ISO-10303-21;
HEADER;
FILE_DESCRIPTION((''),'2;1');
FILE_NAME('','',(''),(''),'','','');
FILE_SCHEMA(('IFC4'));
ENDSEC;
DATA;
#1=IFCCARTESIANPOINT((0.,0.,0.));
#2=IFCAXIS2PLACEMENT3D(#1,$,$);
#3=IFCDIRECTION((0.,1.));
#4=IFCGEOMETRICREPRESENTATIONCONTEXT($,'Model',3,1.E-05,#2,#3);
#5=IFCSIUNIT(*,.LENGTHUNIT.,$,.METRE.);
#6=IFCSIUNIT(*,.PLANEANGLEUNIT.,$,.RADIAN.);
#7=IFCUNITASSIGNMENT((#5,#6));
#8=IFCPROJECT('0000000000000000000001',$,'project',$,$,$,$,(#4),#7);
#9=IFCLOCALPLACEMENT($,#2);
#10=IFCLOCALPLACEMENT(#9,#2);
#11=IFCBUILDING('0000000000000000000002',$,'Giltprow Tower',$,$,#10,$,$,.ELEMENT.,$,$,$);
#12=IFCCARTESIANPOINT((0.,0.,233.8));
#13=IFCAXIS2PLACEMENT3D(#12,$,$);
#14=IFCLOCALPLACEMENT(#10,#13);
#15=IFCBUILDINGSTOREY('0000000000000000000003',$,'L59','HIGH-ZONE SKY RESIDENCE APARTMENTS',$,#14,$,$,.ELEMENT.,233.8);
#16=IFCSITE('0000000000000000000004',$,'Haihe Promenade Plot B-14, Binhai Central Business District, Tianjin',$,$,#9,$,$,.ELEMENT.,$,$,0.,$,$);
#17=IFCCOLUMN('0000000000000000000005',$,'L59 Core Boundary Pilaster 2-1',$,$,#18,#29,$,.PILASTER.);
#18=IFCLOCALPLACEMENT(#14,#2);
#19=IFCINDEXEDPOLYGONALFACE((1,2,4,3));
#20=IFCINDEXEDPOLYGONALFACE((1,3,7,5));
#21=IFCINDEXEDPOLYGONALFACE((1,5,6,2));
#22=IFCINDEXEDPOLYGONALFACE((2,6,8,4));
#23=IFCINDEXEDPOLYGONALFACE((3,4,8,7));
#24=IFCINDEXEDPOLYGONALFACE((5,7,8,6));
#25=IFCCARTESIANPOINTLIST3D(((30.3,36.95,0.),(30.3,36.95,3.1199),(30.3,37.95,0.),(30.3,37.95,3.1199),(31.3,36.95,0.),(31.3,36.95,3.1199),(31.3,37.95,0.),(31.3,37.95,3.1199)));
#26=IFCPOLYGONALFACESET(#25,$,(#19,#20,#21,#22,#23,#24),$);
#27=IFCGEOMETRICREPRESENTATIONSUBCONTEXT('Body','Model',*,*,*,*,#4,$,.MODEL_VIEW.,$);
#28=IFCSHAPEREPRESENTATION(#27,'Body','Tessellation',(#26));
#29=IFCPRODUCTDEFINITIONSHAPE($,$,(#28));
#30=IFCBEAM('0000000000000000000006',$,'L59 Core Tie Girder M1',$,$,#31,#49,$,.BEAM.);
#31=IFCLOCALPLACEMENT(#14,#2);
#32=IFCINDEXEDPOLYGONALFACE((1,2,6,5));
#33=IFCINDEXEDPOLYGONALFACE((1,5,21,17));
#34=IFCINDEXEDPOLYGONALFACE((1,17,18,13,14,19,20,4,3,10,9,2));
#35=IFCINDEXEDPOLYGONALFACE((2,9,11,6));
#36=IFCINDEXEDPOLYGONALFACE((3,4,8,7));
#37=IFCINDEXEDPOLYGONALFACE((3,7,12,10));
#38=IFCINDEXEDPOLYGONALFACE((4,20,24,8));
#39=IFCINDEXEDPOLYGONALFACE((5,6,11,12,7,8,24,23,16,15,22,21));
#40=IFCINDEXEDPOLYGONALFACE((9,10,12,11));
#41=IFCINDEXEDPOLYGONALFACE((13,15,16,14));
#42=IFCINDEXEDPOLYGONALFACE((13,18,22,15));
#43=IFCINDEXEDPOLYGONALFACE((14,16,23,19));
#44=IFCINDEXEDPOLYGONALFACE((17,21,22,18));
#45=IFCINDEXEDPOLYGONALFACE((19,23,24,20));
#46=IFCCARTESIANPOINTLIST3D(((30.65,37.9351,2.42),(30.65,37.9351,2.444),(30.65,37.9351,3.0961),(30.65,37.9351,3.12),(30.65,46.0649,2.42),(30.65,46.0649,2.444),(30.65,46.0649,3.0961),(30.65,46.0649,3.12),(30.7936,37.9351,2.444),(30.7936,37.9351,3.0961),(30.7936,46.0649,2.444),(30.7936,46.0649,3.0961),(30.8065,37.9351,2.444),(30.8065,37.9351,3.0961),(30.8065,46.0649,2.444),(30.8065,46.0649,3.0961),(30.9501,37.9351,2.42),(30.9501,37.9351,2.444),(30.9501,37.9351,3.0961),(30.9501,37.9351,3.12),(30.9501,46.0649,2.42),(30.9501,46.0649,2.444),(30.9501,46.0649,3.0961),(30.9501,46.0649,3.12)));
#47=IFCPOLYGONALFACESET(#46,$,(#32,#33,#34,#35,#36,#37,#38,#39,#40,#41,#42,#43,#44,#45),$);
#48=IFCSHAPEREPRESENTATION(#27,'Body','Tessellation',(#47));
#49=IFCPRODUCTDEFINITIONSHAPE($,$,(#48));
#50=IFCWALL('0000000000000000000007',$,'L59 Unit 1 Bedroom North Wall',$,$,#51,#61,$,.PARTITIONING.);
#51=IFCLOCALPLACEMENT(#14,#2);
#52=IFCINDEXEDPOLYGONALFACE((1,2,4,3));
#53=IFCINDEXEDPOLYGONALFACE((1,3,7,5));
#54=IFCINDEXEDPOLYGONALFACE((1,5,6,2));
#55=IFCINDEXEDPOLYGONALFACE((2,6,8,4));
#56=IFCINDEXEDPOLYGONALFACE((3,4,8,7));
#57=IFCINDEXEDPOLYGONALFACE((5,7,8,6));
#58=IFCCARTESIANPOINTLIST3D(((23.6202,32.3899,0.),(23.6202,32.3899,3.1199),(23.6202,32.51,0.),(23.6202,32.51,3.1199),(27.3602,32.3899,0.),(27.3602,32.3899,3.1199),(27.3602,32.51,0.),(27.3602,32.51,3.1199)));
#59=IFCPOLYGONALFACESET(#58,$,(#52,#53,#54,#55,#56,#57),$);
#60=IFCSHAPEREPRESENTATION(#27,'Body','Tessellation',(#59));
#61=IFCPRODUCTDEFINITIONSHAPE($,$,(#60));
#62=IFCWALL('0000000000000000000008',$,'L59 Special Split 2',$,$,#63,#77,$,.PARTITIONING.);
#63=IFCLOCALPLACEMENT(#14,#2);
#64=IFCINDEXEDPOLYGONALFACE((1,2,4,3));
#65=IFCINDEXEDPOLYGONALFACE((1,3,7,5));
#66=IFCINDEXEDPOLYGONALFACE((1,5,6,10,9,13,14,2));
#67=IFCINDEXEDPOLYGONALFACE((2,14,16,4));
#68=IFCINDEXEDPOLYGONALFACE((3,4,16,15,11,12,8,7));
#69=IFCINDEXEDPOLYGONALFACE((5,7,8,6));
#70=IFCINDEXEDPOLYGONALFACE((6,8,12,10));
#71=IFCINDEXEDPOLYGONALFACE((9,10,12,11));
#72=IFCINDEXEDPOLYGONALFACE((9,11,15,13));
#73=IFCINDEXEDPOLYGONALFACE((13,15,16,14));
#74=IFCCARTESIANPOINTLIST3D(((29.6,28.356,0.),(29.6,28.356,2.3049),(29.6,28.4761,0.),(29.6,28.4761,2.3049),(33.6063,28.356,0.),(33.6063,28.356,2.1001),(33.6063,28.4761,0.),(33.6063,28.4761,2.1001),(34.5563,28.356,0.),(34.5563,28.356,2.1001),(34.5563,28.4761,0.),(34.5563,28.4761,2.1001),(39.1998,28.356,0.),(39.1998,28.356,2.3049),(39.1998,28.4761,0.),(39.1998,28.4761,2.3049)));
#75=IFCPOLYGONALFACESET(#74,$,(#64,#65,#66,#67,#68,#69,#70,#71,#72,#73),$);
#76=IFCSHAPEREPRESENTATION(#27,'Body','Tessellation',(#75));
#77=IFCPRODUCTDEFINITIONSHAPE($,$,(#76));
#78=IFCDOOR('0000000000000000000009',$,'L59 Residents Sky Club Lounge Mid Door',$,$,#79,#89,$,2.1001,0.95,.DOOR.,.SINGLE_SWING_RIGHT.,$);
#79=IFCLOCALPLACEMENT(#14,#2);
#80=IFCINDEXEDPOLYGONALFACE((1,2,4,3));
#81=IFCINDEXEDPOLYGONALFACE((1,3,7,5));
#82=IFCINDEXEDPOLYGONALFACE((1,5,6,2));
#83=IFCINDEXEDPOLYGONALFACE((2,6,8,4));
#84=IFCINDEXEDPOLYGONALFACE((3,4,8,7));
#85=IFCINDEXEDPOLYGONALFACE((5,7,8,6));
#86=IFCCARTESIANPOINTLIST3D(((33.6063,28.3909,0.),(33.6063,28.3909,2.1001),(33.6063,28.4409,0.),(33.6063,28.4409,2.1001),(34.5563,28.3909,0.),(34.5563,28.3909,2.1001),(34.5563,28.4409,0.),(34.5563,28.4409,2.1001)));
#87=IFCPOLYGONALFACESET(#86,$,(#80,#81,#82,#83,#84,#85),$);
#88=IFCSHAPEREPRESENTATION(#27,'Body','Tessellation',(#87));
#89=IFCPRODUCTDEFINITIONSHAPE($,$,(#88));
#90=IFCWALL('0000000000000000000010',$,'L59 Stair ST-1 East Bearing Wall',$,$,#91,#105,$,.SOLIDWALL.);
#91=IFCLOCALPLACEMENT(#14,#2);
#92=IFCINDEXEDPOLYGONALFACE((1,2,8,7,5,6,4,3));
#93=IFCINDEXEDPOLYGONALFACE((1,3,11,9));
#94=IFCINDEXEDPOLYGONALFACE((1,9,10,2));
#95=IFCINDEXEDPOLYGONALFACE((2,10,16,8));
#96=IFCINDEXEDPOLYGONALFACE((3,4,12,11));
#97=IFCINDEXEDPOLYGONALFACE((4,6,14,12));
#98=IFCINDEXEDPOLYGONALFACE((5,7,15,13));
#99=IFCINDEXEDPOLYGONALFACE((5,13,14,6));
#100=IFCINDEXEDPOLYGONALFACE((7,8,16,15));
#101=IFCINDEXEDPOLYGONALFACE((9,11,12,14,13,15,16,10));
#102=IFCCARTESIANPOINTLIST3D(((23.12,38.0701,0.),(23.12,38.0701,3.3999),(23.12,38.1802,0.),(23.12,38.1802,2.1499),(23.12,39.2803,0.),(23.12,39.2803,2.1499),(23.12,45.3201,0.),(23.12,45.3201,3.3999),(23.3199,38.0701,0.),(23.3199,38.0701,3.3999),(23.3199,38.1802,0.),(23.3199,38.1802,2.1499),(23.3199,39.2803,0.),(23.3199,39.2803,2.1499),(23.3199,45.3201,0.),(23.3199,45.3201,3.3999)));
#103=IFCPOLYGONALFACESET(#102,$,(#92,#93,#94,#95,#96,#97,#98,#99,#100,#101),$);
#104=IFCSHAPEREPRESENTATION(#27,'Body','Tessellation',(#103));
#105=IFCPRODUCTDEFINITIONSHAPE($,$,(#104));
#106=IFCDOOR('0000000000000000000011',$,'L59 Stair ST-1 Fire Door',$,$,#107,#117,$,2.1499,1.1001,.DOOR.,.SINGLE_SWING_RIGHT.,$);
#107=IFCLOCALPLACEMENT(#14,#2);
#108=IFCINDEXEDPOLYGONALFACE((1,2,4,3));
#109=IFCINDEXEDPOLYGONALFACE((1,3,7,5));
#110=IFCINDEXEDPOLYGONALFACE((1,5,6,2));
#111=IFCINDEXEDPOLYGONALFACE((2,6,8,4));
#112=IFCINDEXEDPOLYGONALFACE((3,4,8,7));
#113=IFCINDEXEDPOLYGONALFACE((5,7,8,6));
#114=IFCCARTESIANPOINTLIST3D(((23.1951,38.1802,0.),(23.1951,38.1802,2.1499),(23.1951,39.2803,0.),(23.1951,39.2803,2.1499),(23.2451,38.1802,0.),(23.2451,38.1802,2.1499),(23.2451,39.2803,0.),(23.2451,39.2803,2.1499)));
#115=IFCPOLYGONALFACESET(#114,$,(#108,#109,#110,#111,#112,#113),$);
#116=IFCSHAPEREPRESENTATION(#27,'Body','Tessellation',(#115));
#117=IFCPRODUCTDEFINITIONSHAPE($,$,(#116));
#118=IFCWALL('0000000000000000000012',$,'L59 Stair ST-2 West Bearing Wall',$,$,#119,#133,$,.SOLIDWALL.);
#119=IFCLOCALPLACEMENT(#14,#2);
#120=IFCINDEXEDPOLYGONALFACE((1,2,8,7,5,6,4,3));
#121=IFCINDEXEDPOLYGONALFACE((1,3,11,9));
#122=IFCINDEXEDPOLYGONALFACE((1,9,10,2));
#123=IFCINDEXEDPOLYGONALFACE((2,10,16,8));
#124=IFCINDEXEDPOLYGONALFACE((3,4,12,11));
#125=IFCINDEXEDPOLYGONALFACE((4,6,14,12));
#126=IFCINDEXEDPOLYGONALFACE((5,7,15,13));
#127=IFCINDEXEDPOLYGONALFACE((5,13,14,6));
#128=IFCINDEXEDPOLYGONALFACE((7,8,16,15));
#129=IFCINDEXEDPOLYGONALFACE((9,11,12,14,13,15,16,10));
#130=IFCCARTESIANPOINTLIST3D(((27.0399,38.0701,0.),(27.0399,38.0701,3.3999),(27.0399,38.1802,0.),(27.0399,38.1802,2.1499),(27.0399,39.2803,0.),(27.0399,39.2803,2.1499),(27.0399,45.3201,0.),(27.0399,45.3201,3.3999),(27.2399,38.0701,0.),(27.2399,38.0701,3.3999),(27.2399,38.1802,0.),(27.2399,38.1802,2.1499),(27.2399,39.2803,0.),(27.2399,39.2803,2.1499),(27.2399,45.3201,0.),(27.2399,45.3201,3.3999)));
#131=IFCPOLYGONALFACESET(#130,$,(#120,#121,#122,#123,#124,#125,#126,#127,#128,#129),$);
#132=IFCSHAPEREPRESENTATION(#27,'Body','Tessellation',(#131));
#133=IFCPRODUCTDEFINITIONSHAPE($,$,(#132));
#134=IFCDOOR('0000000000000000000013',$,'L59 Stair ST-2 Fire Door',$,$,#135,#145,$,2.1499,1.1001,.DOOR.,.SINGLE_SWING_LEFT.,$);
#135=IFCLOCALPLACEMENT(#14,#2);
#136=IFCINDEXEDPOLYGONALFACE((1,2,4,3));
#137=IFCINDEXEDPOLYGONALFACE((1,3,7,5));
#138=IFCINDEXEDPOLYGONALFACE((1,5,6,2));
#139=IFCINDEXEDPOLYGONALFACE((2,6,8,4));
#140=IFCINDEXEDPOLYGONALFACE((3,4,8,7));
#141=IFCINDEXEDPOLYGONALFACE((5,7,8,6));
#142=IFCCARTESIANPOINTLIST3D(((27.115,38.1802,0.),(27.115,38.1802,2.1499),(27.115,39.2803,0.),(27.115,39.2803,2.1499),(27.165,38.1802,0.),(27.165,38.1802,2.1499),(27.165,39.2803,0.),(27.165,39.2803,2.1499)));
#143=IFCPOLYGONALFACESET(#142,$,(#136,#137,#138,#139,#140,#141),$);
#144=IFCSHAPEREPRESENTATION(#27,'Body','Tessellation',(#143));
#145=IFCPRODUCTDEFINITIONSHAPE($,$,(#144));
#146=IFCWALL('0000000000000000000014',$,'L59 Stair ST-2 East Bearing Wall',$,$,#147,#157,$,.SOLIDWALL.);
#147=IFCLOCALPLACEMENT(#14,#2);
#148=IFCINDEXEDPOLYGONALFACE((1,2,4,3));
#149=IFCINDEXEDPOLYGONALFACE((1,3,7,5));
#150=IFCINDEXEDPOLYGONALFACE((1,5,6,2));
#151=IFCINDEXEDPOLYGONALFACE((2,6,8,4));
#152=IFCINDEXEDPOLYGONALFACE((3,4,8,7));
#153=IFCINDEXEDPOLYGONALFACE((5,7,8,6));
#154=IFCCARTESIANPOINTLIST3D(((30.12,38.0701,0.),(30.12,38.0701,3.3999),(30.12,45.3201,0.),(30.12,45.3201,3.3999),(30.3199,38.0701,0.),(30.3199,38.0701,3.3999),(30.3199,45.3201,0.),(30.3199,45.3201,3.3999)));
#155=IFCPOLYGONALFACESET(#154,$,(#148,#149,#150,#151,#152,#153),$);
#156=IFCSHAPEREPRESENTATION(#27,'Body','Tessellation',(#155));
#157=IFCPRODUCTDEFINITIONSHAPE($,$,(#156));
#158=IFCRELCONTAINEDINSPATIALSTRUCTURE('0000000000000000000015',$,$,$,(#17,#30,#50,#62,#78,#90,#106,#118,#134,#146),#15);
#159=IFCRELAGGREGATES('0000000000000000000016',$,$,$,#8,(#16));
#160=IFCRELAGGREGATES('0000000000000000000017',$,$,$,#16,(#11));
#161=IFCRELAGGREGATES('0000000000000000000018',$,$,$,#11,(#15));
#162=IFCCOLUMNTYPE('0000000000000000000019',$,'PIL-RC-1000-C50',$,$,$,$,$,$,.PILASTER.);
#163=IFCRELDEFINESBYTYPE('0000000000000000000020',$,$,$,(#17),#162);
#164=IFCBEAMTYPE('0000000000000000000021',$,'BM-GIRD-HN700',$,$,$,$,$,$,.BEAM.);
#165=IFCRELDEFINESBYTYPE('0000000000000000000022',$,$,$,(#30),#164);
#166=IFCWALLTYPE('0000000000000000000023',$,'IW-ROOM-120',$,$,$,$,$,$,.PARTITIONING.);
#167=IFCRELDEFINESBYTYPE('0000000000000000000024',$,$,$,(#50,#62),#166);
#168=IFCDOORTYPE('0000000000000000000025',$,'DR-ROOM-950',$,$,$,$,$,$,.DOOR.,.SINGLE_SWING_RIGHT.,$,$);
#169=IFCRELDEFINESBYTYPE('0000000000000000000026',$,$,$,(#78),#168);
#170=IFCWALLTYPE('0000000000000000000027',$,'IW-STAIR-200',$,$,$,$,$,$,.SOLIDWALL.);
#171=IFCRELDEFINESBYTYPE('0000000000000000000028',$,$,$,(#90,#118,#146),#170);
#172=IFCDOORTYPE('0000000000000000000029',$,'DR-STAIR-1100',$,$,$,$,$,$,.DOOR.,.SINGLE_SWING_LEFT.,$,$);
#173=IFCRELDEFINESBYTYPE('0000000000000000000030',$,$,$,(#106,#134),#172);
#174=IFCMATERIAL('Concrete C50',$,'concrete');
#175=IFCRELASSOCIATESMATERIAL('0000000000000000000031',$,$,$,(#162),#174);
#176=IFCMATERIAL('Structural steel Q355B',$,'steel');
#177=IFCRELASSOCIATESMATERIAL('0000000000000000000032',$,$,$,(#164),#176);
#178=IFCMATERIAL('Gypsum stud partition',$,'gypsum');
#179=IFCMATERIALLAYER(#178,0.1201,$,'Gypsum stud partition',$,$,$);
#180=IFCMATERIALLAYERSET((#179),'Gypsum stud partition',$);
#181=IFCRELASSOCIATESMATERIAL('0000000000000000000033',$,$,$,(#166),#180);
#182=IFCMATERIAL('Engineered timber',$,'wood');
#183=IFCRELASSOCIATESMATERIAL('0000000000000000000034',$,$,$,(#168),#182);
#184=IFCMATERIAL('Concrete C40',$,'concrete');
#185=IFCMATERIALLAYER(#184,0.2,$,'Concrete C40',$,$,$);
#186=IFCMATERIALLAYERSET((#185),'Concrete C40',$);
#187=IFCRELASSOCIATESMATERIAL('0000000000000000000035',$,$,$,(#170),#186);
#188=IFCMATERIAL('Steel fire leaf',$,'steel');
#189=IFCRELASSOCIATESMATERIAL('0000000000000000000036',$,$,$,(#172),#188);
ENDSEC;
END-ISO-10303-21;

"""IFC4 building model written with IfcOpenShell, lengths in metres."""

from ifc_helpers import new_model, si_unit, direction, frame, frame_2d, origin, origin_2d, place, context, subcontext, project, spatial, rectangle, i_section, extrude, source, transform, mapped, material, layer, layer_set, material_profile, profile_set, type_object, element, fill, save


model = new_model("IFC4")

# Units and contexts
model_context = context("Model", 3, precision=1e-05, world=origin(), true_north=direction((0.0, 1.0)))
body_context = subcontext(model_context, "Body", "Model", "MODEL_VIEW")
ifc_project = project(units=[si_unit("LENGTHUNIT", "METRE"), si_unit("PLANEANGLEUNIT", "RADIAN")], contexts=[model_context])

# Site, building, storey
site_placement = place(None, origin())
site = spatial("IfcSite", under=ifc_project, at=site_placement, Name="Haihe Promenade Plot B-14, Binhai Central Business District, Tianjin", CompositionType="ELEMENT", RefElevation=0.0)
building_placement = place(site_placement, origin())
building = spatial("IfcBuilding", under=site, at=building_placement, Name="Giltprow Tower", CompositionType="ELEMENT")
storey_placement = place(building_placement, frame((0.0, 0.0, 233.8)))
storey = spatial("IfcBuildingStorey", under=building, at=storey_placement, Name="L59", Description="HIGH-ZONE SKY RESIDENCE APARTMENTS", CompositionType="ELEMENT", Elevation=233.8)

# Column
ifc_material_1 = material(Name="Concrete C50", Category="concrete")
ifc_material_profile_1 = material_profile(ifc_material_1, rectangle(XDim=1.0, YDim=1.0, at=origin_2d()), Name="RC 1000x1000")
ifc_profile_set_1 = profile_set([ifc_material_profile_1], Name="Concrete C50")
column_type = type_object("IfcColumnType", Name="PIL-RC-1000-C50", PredefinedType="PILASTER", material=ifc_profile_set_1)
shared_shape_1 = source(origin(), body_context, "Body", "SweptSolid", [
    extrude(rectangle(XDim=1.0, YDim=1.0, at=origin_2d()), origin(), (0.0, 0.0, 1.0), 3.1199),
])
column_placement = place(storey_placement, frame((30.8, 37.45, 0.0), z_axis=(0.0, 0.0, 1.0), x_axis=(1.0, 0.0, 0.0)))
element("IfcColumn", 1, at=column_placement, inside=storey, type_object=column_type, Name="L59 Core Boundary Pilaster 2-1", PredefinedType="PILASTER", context=body_context, shape_type="MappedRepresentation", body=[
    mapped(shared_shape_1, transform((0.0, 0.0, 0.0), x_axis=(1.0, 0.0, 0.0), y_axis=(0.0, 1.0, 0.0), z_axis=(0.0, 0.0, 1.0), scale=1.0)),
])

# Beam
ifc_material_2 = material(Name="Structural steel Q355B", Category="steel")
ifc_material_profile_2 = material_profile(ifc_material_2, i_section(OverallWidth=0.3, OverallDepth=0.7, WebThickness=0.0129, FlangeThickness=0.0239, at=origin_2d()), Name="HN 700x300x13x24")
ifc_profile_set_2 = profile_set([ifc_material_profile_2], Name="Structural steel Q355B")
beam_type = type_object("IfcBeamType", Name="BM-GIRD-HN700", PredefinedType="BEAM", material=ifc_profile_set_2)
shared_shape_2 = source(origin(), body_context, "Body", "SweptSolid", [
    extrude(i_section(OverallWidth=0.3, OverallDepth=0.7, WebThickness=0.0129, FlangeThickness=0.0239, at=origin_2d()), origin(), (0.0, 0.0, 1.0), 8.1299),
])
beam_placement = place(storey_placement, frame((30.8, 37.9351, 2.77), z_axis=(0.0, 1.0, 0.0), x_axis=(-1.0, 0.0, 0.0)))
element("IfcBeam", 2, at=beam_placement, inside=storey, type_object=beam_type, Name="L59 Core Tie Girder M1", PredefinedType="BEAM", context=body_context, shape_type="MappedRepresentation", body=[
    mapped(shared_shape_2, transform((0.0, 0.0, 0.0), x_axis=(1.0, 0.0, 0.0), y_axis=(0.0, 1.0, 0.0), z_axis=(0.0, 0.0, 1.0), scale=1.0)),
])

# Wall
ifc_material_3 = material(Name="Gypsum stud partition", Category="gypsum")
ifc_layer_1 = layer(ifc_material_3, 0.1201, Name="Gypsum stud partition")
ifc_layer_set_1 = layer_set([ifc_layer_1], Name="Gypsum stud partition")
wall_type_1 = type_object("IfcWallType", Name="IW-ROOM-120", PredefinedType="PARTITIONING", material=ifc_layer_set_1)
wall_1_placement = place(storey_placement, frame((23.6201, 32.45, 0.0), z_axis=(0.0, 0.0, 1.0), x_axis=(1.0, 0.0, 0.0)))
element("IfcWall", 3, at=wall_1_placement, inside=storey, type_object=wall_type_1, Name="L59 Unit 1 Bedroom North Wall", PredefinedType="PARTITIONING", context=body_context, shape_type="SweptSolid", body=[
    extrude(rectangle(XDim=3.74, YDim=0.1201, at=frame_2d((1.8701, 0.0))), origin(), (0.0, 0.0, 1.0), 3.1199),
])

# Walls, openings, doors
wall_2_placement = place(storey_placement, frame((29.6001, 28.416, 0.0), z_axis=(0.0, 0.0, 1.0), x_axis=(1.0, 0.0, 0.0)))
wall_2 = element("IfcWall", 4, at=wall_2_placement, inside=storey, type_object=wall_type_1, Name="L59 Special Split 2", PredefinedType="PARTITIONING", context=body_context, shape_type="SweptSolid", body=[
    extrude(rectangle(XDim=9.5999, YDim=0.1201, at=frame_2d((4.7998, 0.0))), origin(), (0.0, 0.0, 1.0), 2.3049),
])
opening_1_placement = place(wall_2_placement, frame((4.0061, 0.0, 0.0)))
opening_1 = element("IfcOpeningElement", 5, at=opening_1_placement, cuts=wall_2, PredefinedType="OPENING", context=body_context, shape_type="SweptSolid", body=[
    extrude(rectangle(XDim=0.95, YDim=2.1001, at=frame_2d((0.4751, 1.05))), frame((0.0, 0.0701, 0.0), z_axis=(0.0, -1.0, 0.0), x_axis=(1.0, 0.0, 0.0)), (0.0, 0.0, 1.0), 0.1401),
])
ifc_material_4 = material(Name="Engineered timber", Category="wood")
door_type_1 = type_object("IfcDoorType", Name="DR-ROOM-950", OperationType="SINGLE_SWING_RIGHT", PredefinedType="DOOR", material=ifc_material_4)
shared_shape_3 = source(origin(), body_context, "Body", "SweptSolid", [
    extrude(rectangle(XDim=0.95, YDim=2.1001, at=frame_2d((0.4751, 1.05))), frame((0.0, 0.0249, 0.0), z_axis=(0.0, -1.0, 0.0), x_axis=(1.0, 0.0, 0.0)), (0.0, 0.0, 1.0), 0.05),
])
door_1_placement = place(opening_1_placement, origin())
door_1 = element("IfcDoor", 6, at=door_1_placement, inside=storey, type_object=door_type_1, Name="L59 Residents Sky Club Lounge Mid Door", OperationType="SINGLE_SWING_RIGHT", OverallHeight=2.1001, OverallWidth=0.95, PredefinedType="DOOR", context=body_context, shape_type="MappedRepresentation", body=[
    mapped(shared_shape_3, transform((0.0, 0.0, 0.0), x_axis=(1.0, 0.0, 0.0), y_axis=(0.0, 1.0, 0.0), z_axis=(0.0, 0.0, 1.0), scale=1.0)),
])
fill(opening_1, door_1)
ifc_material_5 = material(Name="Concrete C40", Category="concrete")
ifc_layer_2 = layer(ifc_material_5, 0.2, Name="Concrete C40")
ifc_layer_set_2 = layer_set([ifc_layer_2], Name="Concrete C40")
wall_type_2 = type_object("IfcWallType", Name="IW-STAIR-200", PredefinedType="SOLIDWALL", material=ifc_layer_set_2)
wall_3_placement = place(storey_placement, frame((23.22, 38.0701, 0.0), z_axis=(0.0, 0.0, 1.0), x_axis=(0.0, 1.0, 0.0)))
wall_3 = element("IfcWall", 7, at=wall_3_placement, inside=storey, type_object=wall_type_2, Name="L59 Stair ST-1 East Bearing Wall", PredefinedType="SOLIDWALL", context=body_context, shape_type="SweptSolid", body=[
    extrude(rectangle(XDim=7.25, YDim=0.2, at=frame_2d((3.625, 0.0))), origin(), (0.0, 0.0, 1.0), 3.3999),
])
opening_2_placement = place(wall_3_placement, frame((0.1101, 0.0, 0.0)))
opening_2 = element("IfcOpeningElement", 8, at=opening_2_placement, cuts=wall_3, PredefinedType="OPENING", context=body_context, shape_type="SweptSolid", body=[
    extrude(rectangle(XDim=1.1001, YDim=2.1499, at=frame_2d((0.55, 1.075))), frame((0.0, 0.1099, 0.0), z_axis=(0.0, -1.0, 0.0), x_axis=(1.0, 0.0, 0.0)), (0.0, 0.0, 1.0), 0.22),
])
ifc_material_6 = material(Name="Steel fire leaf", Category="steel")
door_type_2 = type_object("IfcDoorType", Name="DR-STAIR-1100", OperationType="SINGLE_SWING_LEFT", PredefinedType="DOOR", material=ifc_material_6)
shared_shape_4 = source(origin(), body_context, "Body", "SweptSolid", [
    extrude(rectangle(XDim=1.1001, YDim=2.1499, at=frame_2d((0.55, 1.075))), frame((0.0, 0.0249, 0.0), z_axis=(0.0, -1.0, 0.0), x_axis=(1.0, 0.0, 0.0)), (0.0, 0.0, 1.0), 0.05),
])
door_2_placement = place(opening_2_placement, origin())
door_2 = element("IfcDoor", 9, at=door_2_placement, inside=storey, type_object=door_type_2, Name="L59 Stair ST-1 Fire Door", OperationType="SINGLE_SWING_RIGHT", OverallHeight=2.1499, OverallWidth=1.1001, PredefinedType="DOOR", context=body_context, shape_type="MappedRepresentation", body=[
    mapped(shared_shape_4, transform((0.0, 0.0, 0.0), x_axis=(1.0, 0.0, 0.0), y_axis=(0.0, 1.0, 0.0), z_axis=(0.0, 0.0, 1.0), scale=1.0)),
])
fill(opening_2, door_2)
wall_4_placement = place(storey_placement, frame((27.1399, 38.0701, 0.0), z_axis=(0.0, 0.0, 1.0), x_axis=(0.0, 1.0, 0.0)))
wall_4 = element("IfcWall", 10, at=wall_4_placement, inside=storey, type_object=wall_type_2, Name="L59 Stair ST-2 West Bearing Wall", PredefinedType="SOLIDWALL", context=body_context, shape_type="SweptSolid", body=[
    extrude(rectangle(XDim=7.25, YDim=0.2, at=frame_2d((3.625, 0.0))), origin(), (0.0, 0.0, 1.0), 3.3999),
])
opening_3_placement = place(wall_4_placement, frame((0.1101, 0.0, 0.0)))
opening_3 = element("IfcOpeningElement", 11, at=opening_3_placement, cuts=wall_4, PredefinedType="OPENING", context=body_context, shape_type="SweptSolid", body=[
    extrude(rectangle(XDim=1.1001, YDim=2.1499, at=frame_2d((0.55, 1.075))), frame((0.0, 0.1099, 0.0), z_axis=(0.0, -1.0, 0.0), x_axis=(1.0, 0.0, 0.0)), (0.0, 0.0, 1.0), 0.22),
])
door_3_placement = place(opening_3_placement, origin())
door_3 = element("IfcDoor", 12, at=door_3_placement, inside=storey, type_object=door_type_2, Name="L59 Stair ST-2 Fire Door", OperationType="SINGLE_SWING_LEFT", OverallHeight=2.1499, OverallWidth=1.1001, PredefinedType="DOOR", context=body_context, shape_type="MappedRepresentation", body=[
    mapped(shared_shape_4, transform((0.0, 0.0, 0.0), x_axis=(1.0, 0.0, 0.0), y_axis=(0.0, 1.0, 0.0), z_axis=(0.0, 0.0, 1.0), scale=1.0)),
])
fill(opening_3, door_3)

# Wall
wall_5_placement = place(storey_placement, frame((30.22, 38.0701, 0.0), z_axis=(0.0, 0.0, 1.0), x_axis=(0.0, 1.0, 0.0)))
element("IfcWall", 13, at=wall_5_placement, inside=storey, type_object=wall_type_2, Name="L59 Stair ST-2 East Bearing Wall", PredefinedType="SOLIDWALL", context=body_context, shape_type="SweptSolid", body=[
    extrude(rectangle(XDim=7.25, YDim=0.2, at=frame_2d((3.625, 0.0))), origin(), (0.0, 0.0, 1.0), 3.3999),
])

save(model, "model.ifc")
